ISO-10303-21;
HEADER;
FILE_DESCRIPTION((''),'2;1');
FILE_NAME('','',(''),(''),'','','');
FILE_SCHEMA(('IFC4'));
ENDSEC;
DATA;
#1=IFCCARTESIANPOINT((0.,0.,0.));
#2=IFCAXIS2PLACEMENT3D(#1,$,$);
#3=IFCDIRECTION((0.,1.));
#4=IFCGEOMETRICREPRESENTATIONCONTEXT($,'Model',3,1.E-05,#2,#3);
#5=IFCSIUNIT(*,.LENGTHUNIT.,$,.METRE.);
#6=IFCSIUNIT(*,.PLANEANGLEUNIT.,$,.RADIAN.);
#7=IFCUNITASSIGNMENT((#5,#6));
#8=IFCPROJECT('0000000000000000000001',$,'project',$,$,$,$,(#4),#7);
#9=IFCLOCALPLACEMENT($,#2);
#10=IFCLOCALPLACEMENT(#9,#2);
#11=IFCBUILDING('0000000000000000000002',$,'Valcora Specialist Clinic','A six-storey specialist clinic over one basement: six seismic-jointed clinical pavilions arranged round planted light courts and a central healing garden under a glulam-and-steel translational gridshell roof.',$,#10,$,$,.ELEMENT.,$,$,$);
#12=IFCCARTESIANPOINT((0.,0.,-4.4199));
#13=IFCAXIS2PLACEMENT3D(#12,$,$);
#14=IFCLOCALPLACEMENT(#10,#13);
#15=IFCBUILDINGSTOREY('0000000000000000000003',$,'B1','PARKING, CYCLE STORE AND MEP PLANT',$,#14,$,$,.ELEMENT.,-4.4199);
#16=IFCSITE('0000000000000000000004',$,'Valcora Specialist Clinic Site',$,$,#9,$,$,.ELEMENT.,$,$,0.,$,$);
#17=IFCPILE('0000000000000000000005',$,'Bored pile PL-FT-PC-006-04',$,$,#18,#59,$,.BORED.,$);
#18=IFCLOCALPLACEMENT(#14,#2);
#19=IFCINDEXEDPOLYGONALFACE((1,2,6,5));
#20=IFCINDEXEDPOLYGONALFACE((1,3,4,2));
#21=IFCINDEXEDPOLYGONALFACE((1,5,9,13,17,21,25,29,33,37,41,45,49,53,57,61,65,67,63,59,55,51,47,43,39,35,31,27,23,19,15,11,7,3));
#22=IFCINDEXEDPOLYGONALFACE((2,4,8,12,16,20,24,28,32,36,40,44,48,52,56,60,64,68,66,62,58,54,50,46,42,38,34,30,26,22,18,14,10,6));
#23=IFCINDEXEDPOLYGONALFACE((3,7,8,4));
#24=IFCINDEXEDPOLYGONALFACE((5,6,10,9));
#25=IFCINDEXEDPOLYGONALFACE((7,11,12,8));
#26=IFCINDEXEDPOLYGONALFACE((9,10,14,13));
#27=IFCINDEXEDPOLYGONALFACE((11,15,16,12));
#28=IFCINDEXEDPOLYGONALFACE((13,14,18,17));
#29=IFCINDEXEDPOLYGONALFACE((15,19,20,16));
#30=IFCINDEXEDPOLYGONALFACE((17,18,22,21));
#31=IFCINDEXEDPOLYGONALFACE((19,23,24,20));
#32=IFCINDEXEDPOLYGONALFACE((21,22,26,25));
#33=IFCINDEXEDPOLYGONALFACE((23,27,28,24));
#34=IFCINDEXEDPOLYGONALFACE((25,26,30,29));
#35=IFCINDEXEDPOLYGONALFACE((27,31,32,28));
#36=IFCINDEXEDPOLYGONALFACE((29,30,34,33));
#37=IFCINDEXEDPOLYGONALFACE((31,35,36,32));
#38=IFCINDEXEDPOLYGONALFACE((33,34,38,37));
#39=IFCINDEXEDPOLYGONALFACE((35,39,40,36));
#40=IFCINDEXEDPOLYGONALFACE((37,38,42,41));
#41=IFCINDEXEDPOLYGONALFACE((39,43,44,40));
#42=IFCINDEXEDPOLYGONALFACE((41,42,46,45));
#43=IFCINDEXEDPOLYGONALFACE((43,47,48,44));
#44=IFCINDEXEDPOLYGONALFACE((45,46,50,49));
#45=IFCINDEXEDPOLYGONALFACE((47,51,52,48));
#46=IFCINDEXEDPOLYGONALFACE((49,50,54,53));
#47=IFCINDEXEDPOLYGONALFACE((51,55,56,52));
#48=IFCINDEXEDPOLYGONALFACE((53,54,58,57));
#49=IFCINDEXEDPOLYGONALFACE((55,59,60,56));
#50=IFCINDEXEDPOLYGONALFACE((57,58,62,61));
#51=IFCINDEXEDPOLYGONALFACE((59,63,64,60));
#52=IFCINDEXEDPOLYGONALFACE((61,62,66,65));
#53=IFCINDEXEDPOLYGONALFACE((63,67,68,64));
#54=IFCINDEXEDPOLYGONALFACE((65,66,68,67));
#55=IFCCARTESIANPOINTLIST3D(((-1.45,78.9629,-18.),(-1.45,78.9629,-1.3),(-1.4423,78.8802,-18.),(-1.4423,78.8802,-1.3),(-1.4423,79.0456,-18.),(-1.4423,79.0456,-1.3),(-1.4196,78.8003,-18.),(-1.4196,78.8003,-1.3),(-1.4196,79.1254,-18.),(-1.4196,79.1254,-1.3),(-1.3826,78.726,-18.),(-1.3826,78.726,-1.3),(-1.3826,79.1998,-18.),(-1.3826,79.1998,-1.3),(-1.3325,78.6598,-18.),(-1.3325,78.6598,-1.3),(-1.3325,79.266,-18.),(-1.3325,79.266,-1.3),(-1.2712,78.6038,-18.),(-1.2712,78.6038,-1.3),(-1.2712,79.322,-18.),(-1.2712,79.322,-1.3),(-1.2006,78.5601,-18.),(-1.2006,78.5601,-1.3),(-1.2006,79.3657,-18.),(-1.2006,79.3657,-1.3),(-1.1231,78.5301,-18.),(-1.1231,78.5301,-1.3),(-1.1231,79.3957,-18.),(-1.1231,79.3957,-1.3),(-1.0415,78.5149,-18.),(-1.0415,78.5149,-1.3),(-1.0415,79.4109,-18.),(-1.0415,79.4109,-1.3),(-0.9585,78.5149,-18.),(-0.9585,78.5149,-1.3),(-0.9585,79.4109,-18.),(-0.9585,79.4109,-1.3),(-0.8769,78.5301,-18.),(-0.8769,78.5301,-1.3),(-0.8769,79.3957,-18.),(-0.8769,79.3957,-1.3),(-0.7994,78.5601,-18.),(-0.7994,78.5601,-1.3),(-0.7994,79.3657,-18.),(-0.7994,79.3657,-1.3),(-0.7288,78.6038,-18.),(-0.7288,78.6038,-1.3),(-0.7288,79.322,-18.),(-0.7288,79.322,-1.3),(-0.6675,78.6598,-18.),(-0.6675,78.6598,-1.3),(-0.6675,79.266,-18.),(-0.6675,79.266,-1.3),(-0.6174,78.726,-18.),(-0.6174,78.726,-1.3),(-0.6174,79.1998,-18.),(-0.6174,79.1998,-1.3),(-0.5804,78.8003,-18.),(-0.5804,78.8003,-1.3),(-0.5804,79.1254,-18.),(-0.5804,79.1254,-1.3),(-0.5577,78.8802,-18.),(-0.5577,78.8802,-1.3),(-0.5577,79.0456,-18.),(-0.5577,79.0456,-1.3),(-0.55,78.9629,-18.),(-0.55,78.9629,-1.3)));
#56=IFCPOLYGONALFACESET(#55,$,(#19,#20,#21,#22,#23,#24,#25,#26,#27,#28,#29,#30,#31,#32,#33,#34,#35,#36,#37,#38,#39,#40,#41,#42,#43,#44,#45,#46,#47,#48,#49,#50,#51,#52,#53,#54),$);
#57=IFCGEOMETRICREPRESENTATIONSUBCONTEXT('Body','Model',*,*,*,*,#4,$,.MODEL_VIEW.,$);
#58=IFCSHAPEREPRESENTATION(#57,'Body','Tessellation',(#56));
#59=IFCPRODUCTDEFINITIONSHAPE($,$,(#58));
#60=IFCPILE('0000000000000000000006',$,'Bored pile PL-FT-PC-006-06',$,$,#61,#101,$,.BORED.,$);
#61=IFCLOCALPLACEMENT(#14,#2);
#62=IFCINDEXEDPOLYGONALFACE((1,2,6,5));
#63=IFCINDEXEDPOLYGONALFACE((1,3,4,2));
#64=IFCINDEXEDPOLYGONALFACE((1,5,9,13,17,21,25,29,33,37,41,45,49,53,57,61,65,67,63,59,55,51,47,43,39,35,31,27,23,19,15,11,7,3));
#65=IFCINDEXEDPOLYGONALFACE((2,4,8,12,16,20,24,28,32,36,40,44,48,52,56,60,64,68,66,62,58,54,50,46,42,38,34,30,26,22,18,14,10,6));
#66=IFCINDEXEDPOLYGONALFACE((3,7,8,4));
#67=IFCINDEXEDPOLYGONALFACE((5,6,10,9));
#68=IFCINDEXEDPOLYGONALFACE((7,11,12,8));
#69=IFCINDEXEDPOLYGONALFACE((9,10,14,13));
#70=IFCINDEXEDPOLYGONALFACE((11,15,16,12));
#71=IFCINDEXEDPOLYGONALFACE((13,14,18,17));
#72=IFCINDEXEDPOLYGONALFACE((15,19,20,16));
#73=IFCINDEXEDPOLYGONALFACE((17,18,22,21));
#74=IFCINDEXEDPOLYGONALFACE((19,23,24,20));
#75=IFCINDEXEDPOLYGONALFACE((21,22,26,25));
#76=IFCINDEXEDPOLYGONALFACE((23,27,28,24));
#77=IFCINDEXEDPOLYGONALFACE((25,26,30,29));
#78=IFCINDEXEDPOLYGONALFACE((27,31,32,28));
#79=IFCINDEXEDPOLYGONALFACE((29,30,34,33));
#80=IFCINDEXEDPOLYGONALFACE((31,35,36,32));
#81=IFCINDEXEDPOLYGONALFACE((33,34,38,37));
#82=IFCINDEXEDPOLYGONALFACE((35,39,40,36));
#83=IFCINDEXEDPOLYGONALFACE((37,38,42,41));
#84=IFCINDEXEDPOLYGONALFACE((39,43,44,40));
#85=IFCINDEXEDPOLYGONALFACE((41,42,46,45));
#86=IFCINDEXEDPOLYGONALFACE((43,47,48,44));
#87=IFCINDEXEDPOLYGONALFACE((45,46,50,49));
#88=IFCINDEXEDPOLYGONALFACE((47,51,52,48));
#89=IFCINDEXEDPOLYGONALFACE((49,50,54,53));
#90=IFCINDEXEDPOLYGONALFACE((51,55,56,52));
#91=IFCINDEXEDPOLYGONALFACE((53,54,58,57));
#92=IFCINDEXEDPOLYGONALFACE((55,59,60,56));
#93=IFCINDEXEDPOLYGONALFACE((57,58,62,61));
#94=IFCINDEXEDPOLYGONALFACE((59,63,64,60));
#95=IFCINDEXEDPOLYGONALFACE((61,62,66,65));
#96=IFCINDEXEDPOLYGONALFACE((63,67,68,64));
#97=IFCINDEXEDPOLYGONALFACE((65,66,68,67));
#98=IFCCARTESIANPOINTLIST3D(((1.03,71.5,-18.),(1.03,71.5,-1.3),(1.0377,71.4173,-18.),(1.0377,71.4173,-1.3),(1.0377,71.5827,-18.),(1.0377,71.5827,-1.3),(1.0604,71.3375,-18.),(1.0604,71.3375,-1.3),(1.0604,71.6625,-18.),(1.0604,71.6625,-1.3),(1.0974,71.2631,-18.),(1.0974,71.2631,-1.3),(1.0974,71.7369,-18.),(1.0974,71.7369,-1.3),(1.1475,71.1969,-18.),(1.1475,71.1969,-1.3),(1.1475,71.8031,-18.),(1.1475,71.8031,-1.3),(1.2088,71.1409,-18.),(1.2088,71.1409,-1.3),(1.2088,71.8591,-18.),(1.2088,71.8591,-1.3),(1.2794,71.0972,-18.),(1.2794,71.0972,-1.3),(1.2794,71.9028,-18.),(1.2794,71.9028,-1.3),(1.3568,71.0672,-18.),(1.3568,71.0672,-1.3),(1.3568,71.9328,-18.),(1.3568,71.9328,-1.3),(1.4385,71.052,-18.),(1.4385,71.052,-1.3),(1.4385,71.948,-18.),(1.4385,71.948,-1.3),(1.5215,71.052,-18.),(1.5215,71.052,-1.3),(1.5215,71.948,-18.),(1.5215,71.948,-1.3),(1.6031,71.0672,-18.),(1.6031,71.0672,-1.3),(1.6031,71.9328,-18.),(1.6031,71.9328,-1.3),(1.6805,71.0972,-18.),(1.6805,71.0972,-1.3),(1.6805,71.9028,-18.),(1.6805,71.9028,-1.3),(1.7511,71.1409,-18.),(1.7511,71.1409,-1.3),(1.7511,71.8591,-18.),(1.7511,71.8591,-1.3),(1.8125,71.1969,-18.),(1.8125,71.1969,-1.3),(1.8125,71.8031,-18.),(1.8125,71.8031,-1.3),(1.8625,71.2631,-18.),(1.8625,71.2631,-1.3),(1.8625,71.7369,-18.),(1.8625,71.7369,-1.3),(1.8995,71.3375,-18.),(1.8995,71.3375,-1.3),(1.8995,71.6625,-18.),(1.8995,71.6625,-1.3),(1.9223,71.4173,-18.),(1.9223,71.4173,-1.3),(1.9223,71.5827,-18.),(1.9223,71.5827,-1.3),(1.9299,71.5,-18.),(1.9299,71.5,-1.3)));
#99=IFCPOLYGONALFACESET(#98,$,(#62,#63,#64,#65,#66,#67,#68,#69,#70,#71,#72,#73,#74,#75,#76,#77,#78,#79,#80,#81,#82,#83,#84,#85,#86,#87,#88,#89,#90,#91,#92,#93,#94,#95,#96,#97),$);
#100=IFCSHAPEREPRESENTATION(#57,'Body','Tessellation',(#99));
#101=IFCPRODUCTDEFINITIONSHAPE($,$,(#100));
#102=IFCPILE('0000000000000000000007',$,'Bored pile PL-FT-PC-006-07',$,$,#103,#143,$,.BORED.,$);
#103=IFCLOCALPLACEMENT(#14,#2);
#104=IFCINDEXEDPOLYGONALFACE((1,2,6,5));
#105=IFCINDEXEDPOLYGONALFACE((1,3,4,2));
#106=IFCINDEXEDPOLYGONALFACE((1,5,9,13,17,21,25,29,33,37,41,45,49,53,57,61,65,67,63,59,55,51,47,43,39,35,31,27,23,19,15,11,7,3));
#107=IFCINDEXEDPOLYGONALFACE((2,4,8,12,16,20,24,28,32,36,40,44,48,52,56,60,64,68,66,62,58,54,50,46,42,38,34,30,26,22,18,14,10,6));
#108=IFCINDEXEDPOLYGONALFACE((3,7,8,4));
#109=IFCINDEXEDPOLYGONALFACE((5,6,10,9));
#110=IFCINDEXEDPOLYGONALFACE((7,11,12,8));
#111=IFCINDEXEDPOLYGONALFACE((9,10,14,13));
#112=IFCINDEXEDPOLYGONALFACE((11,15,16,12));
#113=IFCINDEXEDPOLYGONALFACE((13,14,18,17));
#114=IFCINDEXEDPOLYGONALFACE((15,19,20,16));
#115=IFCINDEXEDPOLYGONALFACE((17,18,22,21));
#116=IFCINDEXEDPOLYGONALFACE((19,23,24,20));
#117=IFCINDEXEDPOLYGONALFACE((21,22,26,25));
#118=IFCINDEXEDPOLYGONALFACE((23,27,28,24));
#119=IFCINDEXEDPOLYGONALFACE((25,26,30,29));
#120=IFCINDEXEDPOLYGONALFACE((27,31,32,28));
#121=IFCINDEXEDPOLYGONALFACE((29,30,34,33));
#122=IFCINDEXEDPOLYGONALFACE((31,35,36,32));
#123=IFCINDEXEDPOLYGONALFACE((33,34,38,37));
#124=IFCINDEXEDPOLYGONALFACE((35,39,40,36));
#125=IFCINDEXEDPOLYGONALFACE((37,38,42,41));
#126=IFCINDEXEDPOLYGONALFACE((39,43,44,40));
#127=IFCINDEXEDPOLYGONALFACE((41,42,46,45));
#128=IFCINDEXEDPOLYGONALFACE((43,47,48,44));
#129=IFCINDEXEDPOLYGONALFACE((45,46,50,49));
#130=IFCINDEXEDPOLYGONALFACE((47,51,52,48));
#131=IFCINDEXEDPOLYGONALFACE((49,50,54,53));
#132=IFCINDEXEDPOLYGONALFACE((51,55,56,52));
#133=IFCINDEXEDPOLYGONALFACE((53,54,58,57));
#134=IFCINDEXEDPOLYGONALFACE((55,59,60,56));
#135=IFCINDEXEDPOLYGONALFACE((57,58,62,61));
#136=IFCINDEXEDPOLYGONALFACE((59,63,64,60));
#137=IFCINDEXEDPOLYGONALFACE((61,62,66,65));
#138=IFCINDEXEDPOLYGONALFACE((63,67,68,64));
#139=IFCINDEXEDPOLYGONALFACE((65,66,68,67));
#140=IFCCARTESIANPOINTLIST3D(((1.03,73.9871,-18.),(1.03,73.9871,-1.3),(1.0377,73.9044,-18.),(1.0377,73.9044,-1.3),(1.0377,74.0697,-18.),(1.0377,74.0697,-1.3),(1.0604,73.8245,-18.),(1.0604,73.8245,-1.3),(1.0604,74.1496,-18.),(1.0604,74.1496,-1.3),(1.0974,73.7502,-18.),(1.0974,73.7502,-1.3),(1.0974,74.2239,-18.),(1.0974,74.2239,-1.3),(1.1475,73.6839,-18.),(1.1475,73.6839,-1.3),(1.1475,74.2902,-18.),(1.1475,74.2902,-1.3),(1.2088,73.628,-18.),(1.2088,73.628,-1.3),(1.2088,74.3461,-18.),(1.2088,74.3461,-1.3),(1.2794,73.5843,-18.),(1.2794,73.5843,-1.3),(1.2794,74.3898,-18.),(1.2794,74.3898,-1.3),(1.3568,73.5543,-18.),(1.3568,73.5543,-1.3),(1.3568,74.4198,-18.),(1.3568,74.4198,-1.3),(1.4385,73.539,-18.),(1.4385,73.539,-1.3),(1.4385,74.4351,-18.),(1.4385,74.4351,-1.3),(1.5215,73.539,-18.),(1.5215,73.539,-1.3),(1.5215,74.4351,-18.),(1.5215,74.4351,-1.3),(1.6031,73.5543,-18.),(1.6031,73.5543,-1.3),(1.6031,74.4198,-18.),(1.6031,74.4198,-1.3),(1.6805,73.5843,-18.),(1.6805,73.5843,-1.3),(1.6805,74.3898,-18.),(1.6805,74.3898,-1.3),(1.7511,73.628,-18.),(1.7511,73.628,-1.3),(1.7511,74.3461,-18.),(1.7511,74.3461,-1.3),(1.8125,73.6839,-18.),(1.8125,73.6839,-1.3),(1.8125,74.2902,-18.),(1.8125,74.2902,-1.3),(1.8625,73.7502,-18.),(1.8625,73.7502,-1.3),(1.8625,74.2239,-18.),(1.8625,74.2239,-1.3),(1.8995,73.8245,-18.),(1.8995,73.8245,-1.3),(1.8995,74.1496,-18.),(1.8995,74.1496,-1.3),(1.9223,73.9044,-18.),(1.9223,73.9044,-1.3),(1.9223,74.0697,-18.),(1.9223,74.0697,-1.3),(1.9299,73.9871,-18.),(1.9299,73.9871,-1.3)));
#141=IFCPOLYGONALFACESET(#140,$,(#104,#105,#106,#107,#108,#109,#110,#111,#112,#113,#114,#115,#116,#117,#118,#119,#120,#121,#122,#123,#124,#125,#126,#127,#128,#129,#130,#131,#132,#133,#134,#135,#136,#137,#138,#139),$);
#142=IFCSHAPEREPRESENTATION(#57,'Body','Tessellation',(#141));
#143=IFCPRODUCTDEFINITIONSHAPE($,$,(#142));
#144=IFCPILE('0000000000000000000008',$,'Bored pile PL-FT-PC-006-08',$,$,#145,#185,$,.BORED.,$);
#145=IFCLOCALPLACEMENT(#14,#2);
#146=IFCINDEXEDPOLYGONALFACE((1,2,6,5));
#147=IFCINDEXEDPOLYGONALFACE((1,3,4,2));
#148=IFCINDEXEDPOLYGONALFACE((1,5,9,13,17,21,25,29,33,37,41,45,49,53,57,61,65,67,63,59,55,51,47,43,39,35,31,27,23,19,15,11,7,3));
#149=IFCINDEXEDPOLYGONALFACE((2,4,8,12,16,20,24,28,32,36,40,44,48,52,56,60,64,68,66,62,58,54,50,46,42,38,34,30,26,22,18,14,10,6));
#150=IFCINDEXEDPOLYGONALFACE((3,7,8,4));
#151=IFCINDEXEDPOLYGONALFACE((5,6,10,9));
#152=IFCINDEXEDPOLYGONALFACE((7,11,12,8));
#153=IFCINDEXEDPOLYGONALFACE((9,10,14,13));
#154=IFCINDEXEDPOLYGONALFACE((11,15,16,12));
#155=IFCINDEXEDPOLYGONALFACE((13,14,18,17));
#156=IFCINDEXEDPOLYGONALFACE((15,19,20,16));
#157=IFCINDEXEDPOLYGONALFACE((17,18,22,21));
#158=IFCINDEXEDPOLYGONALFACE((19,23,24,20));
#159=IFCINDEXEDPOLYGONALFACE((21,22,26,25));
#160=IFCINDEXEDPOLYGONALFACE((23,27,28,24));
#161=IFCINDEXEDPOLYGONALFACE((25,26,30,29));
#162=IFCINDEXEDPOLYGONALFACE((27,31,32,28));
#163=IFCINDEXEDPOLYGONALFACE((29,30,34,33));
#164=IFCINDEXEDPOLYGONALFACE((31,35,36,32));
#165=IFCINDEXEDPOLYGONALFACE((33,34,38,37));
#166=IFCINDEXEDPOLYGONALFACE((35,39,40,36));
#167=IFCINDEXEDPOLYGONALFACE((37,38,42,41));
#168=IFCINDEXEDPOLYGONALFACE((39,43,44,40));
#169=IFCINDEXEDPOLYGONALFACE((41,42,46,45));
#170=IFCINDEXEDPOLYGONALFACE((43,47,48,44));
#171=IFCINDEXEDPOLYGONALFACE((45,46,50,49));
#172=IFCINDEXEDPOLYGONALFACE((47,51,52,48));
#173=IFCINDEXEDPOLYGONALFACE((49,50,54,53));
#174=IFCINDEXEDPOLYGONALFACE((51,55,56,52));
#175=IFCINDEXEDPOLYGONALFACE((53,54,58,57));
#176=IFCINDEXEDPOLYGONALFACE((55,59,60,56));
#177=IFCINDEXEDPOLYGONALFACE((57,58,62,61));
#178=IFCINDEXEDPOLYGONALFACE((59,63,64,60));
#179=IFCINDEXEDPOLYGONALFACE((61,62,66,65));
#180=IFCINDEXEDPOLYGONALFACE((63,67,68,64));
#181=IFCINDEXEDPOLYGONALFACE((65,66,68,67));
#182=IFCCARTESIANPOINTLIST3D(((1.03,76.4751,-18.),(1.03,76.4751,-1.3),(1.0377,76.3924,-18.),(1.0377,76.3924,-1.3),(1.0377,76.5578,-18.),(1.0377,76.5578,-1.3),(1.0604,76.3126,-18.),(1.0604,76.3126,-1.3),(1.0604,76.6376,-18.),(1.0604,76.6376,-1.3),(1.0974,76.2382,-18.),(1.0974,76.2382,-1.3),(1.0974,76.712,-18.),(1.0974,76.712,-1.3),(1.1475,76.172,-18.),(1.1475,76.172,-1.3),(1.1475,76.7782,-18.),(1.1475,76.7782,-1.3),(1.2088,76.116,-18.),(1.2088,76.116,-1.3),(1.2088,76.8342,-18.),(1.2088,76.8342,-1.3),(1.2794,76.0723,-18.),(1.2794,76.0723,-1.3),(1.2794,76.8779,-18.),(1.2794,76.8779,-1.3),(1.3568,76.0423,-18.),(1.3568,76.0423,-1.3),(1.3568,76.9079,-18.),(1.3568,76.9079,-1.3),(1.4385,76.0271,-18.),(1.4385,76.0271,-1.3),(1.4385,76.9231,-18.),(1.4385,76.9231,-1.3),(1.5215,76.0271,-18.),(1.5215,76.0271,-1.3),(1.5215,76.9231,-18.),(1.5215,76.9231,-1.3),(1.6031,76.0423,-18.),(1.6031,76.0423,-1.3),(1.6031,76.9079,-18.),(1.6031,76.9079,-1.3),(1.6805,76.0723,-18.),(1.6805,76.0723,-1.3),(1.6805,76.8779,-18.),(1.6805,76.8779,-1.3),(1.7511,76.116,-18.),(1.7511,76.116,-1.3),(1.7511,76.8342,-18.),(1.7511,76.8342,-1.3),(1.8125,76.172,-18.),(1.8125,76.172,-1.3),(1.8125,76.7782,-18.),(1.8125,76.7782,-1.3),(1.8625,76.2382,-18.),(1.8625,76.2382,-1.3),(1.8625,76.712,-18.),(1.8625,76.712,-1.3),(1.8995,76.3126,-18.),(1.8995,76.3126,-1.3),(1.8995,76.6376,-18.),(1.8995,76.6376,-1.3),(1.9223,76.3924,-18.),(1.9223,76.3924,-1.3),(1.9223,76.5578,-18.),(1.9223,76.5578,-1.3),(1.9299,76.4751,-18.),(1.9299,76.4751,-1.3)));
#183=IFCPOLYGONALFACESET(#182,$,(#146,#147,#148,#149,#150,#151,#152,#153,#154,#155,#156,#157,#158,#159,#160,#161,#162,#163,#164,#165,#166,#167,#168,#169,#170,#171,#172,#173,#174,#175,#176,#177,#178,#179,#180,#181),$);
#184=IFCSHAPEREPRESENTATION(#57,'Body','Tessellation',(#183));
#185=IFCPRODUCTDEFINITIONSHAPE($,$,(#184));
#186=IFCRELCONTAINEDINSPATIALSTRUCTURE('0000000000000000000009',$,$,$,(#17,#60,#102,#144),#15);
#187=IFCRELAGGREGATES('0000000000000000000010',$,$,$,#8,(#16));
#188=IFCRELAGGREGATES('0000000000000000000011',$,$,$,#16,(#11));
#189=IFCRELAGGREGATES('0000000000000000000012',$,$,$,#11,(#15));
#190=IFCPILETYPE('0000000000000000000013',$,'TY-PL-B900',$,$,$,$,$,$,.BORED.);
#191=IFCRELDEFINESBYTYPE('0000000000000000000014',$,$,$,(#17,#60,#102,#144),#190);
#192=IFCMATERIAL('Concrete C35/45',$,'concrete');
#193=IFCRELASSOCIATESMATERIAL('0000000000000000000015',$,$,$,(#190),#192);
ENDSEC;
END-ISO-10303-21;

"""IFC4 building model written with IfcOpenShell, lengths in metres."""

from ifc_helpers import new_model, si_unit, direction, frame, origin, origin_2d, place, context, subcontext, project, spatial, circle, extrude, material, material_profile, profile_set, type_object, element, save


model = new_model("IFC4")

# Units and contexts
model_context = context("Model", 3, precision=1e-05, world=origin(), true_north=direction((0.0, 1.0)))
body_context = subcontext(model_context, "Body", "Model", "MODEL_VIEW")
ifc_project = project(units=[si_unit("LENGTHUNIT", "METRE"), si_unit("PLANEANGLEUNIT", "RADIAN")], contexts=[model_context])

# Site, building, storey
site_placement = place(None, origin())
site = spatial("IfcSite", under=ifc_project, at=site_placement, Name="Valcora Specialist Clinic Site", CompositionType="ELEMENT", RefElevation=0.0)
building_placement = place(site_placement, origin())
building = spatial("IfcBuilding", under=site, at=building_placement, Name="Valcora Specialist Clinic", Description="A six-storey specialist clinic over one basement: six seismic-jointed clinical pavilions arranged round planted light courts and a central healing garden under a glulam-and-steel translational gridshell roof.", CompositionType="ELEMENT")
storey_placement = place(building_placement, frame((0.0, 0.0, -4.4199)))
storey = spatial("IfcBuildingStorey", under=building, at=storey_placement, Name="B1", Description="PARKING, CYCLE STORE AND MEP PLANT", CompositionType="ELEMENT", Elevation=-4.4199)

# Shared definitions
ifc_material_1 = material(Name="Concrete C35/45", Category="concrete")

# Piles
ifc_material_profile_1 = material_profile(ifc_material_1, circle(Radius=0.45, at=origin_2d()), Name="RC-PIL-D900")
ifc_profile_set_1 = profile_set([ifc_material_profile_1], Name="Concrete C35/45")
pile_type = type_object("IfcPileType", Name="TY-PL-B900", PredefinedType="BORED", material=ifc_profile_set_1)
for number, where, z_axis, x_axis, name in (
    (1, (-1.0, 78.9629, -1.3), (0.0, 0.0, -1.0), (1.0, 0.0, 0.0), "Bored pile PL-FT-PC-006-04"),
    (2, (1.48, 71.5, -1.3), (0.0, 0.0, -1.0), (1.0, 0.0, 0.0), "Bored pile PL-FT-PC-006-06"),
    (3, (1.48, 73.9871, -1.3), (0.0, 0.0, -1.0), (1.0, 0.0, 0.0), "Bored pile PL-FT-PC-006-07"),
    (4, (1.48, 76.4751, -1.3), (0.0, 0.0, -1.0), (1.0, 0.0, 0.0), "Bored pile PL-FT-PC-006-08"),
):
    element("IfcPile", number, at=place(storey_placement, frame(where, z_axis=z_axis, x_axis=x_axis)), inside=storey, type_object=pile_type, Name=name, PredefinedType="BORED", context=body_context, shape_type="SweptSolid", body=[
        extrude(circle(Radius=0.45, at=origin_2d()), origin(), (0.0, 0.0, 1.0), 16.7),
    ])

save(model, "model.ifc")
